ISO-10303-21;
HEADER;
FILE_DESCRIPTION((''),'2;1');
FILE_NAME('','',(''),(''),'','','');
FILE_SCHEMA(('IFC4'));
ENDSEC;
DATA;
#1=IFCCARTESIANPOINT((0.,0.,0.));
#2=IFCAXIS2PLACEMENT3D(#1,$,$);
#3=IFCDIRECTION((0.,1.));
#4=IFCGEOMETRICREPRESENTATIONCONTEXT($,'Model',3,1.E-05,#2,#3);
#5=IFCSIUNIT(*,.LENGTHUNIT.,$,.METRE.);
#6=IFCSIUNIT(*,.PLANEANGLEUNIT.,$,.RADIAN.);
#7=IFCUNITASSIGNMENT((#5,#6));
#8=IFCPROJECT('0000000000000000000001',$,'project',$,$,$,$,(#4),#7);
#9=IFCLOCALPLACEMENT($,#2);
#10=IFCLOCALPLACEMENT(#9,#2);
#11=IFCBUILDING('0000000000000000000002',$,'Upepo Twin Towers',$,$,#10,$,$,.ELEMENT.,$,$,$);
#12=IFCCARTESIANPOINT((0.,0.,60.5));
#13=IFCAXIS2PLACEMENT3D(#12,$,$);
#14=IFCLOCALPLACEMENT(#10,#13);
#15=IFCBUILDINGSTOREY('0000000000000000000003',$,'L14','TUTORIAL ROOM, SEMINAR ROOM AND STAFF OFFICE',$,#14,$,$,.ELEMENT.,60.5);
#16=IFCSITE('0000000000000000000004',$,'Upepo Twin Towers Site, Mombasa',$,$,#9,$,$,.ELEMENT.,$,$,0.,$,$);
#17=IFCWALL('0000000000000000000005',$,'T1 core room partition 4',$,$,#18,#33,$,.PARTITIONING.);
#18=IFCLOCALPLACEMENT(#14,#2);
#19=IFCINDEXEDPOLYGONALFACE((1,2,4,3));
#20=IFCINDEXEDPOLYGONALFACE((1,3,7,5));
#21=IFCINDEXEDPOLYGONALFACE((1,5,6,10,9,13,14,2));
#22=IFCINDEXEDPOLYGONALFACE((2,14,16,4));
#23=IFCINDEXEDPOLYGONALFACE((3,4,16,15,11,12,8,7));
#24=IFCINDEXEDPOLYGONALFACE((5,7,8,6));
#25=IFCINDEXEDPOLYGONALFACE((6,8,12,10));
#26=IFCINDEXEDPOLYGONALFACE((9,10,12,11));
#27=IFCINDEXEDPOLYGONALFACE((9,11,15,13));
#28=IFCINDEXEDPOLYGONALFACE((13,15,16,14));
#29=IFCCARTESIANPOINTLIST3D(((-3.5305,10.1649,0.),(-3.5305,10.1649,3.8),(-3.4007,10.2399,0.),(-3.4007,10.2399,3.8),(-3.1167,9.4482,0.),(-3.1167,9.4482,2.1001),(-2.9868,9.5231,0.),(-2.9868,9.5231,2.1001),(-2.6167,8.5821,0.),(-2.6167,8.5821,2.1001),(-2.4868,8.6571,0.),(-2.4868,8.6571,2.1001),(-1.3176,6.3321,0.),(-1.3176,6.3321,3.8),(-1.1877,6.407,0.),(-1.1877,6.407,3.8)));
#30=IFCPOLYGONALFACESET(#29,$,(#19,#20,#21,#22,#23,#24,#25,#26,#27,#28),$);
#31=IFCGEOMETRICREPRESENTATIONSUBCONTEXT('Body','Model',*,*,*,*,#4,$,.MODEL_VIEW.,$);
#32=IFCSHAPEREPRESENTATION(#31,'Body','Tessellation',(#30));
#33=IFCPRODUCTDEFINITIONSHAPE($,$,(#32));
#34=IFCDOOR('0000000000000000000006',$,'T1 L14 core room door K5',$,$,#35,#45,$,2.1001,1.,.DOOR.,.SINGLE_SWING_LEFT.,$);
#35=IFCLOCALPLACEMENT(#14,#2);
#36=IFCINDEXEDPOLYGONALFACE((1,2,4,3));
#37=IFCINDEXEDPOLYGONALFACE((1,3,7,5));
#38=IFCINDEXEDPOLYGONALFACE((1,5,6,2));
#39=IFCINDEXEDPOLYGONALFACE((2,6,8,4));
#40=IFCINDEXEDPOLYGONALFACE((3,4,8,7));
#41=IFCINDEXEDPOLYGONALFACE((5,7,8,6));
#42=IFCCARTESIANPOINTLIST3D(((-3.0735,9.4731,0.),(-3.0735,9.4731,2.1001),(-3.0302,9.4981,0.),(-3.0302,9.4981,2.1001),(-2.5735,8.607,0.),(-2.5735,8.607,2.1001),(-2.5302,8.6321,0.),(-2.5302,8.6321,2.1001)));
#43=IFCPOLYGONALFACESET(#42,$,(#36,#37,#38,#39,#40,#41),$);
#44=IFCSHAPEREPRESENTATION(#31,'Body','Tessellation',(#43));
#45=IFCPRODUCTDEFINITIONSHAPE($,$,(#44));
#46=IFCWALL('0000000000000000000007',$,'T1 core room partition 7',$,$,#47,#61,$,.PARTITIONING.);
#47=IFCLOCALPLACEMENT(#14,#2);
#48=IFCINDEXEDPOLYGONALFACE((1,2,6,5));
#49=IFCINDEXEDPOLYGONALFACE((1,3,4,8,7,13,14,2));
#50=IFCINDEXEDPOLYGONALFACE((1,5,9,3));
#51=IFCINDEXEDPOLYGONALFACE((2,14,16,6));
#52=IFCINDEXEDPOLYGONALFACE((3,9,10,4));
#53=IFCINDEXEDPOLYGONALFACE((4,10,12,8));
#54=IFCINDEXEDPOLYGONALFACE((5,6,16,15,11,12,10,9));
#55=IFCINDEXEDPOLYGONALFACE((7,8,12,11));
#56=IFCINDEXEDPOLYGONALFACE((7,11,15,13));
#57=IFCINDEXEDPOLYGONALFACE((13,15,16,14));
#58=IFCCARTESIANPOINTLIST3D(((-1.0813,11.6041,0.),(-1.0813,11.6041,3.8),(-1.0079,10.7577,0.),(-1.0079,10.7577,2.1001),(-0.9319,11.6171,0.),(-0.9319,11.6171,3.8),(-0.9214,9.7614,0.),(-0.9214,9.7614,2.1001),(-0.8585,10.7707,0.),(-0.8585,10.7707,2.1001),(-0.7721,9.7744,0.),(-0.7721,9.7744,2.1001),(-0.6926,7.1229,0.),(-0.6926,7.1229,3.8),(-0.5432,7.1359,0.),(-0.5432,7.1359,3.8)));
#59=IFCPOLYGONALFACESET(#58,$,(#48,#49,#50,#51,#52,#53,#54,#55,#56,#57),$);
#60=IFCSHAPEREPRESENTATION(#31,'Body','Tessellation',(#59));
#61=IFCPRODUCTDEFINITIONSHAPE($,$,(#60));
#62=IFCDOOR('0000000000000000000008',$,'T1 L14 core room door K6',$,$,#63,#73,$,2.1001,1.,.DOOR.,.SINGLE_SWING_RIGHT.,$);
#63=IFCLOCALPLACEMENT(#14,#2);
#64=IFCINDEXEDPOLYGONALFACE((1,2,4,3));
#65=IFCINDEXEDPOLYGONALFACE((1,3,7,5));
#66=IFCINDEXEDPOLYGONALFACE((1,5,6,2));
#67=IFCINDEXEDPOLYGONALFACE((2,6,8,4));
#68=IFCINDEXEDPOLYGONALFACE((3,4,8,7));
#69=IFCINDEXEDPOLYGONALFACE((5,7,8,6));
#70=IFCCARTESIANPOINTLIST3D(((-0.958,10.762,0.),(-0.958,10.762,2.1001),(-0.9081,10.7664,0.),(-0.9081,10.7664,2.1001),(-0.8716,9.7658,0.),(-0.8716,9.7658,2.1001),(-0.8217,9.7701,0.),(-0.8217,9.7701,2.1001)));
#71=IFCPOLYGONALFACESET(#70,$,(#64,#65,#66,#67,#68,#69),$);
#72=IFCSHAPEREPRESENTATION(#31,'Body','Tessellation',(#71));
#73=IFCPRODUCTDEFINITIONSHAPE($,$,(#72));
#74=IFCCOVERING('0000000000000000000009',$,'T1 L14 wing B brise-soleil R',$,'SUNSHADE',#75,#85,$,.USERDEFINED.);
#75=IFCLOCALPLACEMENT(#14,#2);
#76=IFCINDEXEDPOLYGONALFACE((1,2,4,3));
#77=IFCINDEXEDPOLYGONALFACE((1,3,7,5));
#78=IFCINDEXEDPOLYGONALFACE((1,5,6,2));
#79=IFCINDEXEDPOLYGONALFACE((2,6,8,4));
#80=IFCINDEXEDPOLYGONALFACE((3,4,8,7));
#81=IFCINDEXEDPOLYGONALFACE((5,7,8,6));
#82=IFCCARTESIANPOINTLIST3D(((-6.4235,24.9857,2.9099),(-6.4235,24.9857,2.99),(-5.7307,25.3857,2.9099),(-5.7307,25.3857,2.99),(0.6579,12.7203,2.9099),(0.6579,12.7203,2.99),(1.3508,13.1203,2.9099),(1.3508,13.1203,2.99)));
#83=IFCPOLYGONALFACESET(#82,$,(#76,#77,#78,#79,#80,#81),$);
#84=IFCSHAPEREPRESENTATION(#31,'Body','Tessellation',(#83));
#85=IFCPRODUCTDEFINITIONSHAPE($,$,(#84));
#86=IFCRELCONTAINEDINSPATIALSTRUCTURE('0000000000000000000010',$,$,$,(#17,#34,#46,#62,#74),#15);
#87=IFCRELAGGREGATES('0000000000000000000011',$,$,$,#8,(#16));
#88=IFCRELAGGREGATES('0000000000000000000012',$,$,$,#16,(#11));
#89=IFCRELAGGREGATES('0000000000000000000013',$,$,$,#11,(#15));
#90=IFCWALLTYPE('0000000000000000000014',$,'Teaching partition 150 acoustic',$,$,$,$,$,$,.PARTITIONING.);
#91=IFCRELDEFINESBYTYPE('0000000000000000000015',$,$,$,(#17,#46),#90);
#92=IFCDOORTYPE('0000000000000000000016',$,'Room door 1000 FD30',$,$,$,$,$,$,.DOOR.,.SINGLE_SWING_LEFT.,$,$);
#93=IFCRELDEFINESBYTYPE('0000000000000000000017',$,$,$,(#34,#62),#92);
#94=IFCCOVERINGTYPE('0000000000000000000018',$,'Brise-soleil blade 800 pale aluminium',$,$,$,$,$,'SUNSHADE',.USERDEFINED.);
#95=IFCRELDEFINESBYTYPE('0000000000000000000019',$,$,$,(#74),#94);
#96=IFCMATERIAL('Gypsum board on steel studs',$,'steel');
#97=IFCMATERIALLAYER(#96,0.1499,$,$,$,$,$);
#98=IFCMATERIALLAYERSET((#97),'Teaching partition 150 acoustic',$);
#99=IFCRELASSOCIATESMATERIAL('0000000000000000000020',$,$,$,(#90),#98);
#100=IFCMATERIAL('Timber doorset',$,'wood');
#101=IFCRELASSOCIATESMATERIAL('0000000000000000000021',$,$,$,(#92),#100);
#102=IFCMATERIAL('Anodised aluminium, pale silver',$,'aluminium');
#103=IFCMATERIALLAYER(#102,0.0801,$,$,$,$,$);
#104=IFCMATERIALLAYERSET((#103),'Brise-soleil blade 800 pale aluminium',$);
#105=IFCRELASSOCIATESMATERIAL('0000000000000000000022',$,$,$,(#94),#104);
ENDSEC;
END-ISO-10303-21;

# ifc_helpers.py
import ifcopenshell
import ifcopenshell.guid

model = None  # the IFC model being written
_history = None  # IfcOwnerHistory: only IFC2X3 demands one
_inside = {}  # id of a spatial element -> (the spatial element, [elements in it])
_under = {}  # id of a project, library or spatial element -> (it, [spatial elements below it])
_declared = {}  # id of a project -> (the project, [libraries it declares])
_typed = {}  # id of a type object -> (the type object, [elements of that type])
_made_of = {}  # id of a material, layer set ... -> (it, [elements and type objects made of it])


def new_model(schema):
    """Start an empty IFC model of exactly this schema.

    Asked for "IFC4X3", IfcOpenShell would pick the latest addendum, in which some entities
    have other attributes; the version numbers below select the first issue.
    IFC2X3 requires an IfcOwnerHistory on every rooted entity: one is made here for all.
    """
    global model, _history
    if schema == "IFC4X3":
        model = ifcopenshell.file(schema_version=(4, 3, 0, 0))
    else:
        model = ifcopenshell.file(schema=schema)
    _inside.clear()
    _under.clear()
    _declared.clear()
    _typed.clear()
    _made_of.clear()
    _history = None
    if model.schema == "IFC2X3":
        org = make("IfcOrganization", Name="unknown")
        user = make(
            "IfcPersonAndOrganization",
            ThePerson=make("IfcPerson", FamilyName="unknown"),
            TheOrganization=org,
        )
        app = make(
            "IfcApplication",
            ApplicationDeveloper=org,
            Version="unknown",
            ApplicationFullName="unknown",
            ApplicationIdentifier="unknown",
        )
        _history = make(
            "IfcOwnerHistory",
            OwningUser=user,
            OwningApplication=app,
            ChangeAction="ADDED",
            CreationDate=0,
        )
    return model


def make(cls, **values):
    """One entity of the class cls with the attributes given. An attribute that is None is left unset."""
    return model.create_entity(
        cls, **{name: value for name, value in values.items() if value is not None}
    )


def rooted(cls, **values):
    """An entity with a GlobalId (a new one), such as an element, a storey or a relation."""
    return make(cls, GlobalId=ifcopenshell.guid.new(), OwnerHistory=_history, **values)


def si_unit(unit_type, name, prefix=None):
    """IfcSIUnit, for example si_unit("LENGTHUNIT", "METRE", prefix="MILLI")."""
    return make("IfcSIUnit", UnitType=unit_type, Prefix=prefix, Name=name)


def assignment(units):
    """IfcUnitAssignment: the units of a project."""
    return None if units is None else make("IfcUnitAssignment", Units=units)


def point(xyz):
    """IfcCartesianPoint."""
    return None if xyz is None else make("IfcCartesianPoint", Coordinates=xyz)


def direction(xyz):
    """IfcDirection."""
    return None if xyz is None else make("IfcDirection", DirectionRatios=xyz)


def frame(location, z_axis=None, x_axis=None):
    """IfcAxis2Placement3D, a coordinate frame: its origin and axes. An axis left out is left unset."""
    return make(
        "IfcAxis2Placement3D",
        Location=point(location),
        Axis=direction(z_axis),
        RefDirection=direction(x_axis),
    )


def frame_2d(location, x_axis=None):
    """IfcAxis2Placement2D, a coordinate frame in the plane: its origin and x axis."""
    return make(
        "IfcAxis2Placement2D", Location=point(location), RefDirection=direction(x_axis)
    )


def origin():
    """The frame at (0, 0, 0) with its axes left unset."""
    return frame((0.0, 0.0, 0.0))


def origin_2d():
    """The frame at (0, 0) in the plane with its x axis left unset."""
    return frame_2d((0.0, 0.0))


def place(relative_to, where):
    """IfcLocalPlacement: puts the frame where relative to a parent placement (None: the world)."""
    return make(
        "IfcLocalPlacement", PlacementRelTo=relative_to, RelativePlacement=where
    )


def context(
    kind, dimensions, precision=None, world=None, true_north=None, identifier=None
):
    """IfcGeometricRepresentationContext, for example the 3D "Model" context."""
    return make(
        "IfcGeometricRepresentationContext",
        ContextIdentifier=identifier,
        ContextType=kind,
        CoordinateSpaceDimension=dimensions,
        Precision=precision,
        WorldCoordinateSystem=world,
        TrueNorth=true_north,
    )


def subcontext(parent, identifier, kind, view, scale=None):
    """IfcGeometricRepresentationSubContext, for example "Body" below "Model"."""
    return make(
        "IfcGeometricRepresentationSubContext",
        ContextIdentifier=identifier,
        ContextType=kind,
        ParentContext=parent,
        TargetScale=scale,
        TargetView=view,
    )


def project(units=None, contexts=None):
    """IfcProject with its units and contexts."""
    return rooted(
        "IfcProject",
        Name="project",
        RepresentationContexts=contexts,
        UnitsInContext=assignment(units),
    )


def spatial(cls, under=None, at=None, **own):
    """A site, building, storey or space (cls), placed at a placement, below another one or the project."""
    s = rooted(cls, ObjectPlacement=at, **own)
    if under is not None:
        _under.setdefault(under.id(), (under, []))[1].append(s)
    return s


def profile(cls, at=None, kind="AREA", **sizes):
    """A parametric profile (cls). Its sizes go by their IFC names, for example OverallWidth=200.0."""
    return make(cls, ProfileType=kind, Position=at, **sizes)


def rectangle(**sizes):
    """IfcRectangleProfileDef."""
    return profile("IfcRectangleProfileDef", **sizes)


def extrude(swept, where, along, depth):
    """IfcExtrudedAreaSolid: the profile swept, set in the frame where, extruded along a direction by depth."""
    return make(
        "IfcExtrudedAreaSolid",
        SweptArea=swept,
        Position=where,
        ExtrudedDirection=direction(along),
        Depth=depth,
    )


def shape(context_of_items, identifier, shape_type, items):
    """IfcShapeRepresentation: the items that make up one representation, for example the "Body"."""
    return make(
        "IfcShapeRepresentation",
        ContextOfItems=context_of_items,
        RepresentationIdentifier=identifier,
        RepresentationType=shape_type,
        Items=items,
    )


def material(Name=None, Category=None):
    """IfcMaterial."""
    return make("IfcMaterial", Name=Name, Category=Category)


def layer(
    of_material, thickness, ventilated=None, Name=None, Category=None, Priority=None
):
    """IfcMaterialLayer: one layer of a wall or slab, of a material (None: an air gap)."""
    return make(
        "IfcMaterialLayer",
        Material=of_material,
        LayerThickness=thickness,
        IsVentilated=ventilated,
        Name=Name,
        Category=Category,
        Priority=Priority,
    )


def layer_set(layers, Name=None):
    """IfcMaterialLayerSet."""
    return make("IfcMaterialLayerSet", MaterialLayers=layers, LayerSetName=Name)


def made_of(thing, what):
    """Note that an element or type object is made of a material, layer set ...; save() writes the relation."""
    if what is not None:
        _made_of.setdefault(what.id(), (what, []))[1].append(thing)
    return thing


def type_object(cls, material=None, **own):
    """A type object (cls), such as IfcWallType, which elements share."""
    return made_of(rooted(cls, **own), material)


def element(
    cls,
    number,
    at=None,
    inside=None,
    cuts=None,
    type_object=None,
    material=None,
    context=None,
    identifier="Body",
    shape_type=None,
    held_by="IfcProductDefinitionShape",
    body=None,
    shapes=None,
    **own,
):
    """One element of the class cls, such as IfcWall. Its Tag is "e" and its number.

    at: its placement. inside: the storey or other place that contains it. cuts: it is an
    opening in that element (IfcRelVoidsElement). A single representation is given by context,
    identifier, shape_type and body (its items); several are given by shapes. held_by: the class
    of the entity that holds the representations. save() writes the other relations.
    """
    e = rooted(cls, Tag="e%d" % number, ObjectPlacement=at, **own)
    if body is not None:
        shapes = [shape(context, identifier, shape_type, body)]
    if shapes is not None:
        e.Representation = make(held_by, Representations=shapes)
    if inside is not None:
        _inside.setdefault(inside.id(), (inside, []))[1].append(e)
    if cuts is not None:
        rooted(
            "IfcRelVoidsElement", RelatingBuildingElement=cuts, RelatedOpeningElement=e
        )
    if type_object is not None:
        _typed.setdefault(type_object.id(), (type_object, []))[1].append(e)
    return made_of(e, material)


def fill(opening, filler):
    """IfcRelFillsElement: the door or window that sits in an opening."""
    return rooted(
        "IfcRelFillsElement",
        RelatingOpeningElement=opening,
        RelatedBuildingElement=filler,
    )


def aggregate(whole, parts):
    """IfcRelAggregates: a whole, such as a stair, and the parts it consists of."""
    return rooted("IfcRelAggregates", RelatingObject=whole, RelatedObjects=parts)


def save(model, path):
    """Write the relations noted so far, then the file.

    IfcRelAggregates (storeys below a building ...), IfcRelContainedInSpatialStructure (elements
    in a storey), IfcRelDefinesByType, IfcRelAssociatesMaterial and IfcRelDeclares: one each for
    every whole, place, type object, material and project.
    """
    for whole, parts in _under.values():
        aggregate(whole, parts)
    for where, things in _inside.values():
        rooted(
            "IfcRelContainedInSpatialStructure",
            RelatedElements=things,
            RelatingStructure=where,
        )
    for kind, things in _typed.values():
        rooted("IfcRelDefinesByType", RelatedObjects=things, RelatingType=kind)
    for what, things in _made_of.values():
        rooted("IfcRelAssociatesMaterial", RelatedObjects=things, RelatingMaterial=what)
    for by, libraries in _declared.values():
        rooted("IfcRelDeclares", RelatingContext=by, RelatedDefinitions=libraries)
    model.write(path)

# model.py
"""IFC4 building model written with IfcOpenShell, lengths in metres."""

from ifc_helpers import new_model, si_unit, direction, frame, frame_2d, origin, origin_2d, place, context, subcontext, project, spatial, rectangle, extrude, material, layer, layer_set, type_object, element, fill, save


model = new_model("IFC4")

# Units and contexts
model_context = context("Model", 3, precision=1e-05, world=origin(), true_north=direction((0.0, 1.0)))
body_context = subcontext(model_context, "Body", "Model", "MODEL_VIEW")
ifc_project = project(units=[si_unit("LENGTHUNIT", "METRE"), si_unit("PLANEANGLEUNIT", "RADIAN")], contexts=[model_context])

# Site, building, storey
site_placement = place(None, origin())
site = spatial("IfcSite", under=ifc_project, at=site_placement, Name="Upepo Twin Towers Site, Mombasa", CompositionType="ELEMENT", RefElevation=0.0)
building_placement = place(site_placement, origin())
building = spatial("IfcBuilding", under=site, at=building_placement, Name="Upepo Twin Towers", CompositionType="ELEMENT")
storey_placement = place(building_placement, frame((0.0, 0.0, 60.5)))
storey = spatial("IfcBuildingStorey", under=building, at=storey_placement, Name="L14", Description="TUTORIAL ROOM, SEMINAR ROOM AND STAFF OFFICE", CompositionType="ELEMENT", Elevation=60.5)

# Walls, openings, doors
ifc_material_1 = material(Name="Gypsum board on steel studs", Category="steel")
ifc_layer_1 = layer(ifc_material_1, 0.1499)
ifc_layer_set_1 = layer_set([ifc_layer_1], Name="Teaching partition 150 acoustic")
wall_type_1 = type_object("IfcWallType", Name="Teaching partition 150 acoustic", PredefinedType="PARTITIONING", material=ifc_layer_set_1)
wall_1_placement = place(storey_placement, frame((-3.4656, 10.2024, 0.0), z_axis=(0.0, 0.0, 1.0), x_axis=(0.500007, -0.866021, 0.0)))
wall_1 = element("IfcWall", 1, at=wall_1_placement, inside=storey, type_object=wall_type_1, Name="T1 core room partition 4", PredefinedType="PARTITIONING", context=body_context, shape_type="SweptSolid", body=[
    extrude(rectangle(XDim=4.4258, YDim=0.1499, at=frame_2d((2.2129, 0.0))), origin(), (0.0, 0.0, 1.0), 3.8),
])
opening_1_placement = place(wall_1_placement, frame((0.8276, 0.0, 0.0)))
opening_1 = element("IfcOpeningElement", 2, at=opening_1_placement, cuts=wall_1, PredefinedType="OPENING", context=body_context, shape_type="SweptSolid", body=[
    extrude(rectangle(XDim=1.0, YDim=2.1001, at=frame_2d((0.5, 1.05))), frame((0.0, 0.085, 0.0), z_axis=(0.0, -1.0, 0.0), x_axis=(1.0, 0.0, 0.0)), (0.0, 0.0, 1.0), 0.1699),
])
ifc_material_2 = material(Name="Timber doorset", Category="wood")
door_type = type_object("IfcDoorType", Name="Room door 1000 FD30", OperationType="SINGLE_SWING_LEFT", PredefinedType="DOOR", material=ifc_material_2)
door_1_placement = place(opening_1_placement, origin())
door_1 = element("IfcDoor", 3, at=door_1_placement, inside=storey, type_object=door_type, Name="T1 L14 core room door K5", OperationType="SINGLE_SWING_LEFT", OverallHeight=2.1001, OverallWidth=1.0, PredefinedType="DOOR", context=body_context, shape_type="SweptSolid", body=[
    extrude(rectangle(XDim=1.0, YDim=2.1001, at=frame_2d((0.5, 1.05))), frame((0.0, 0.0249, 0.0), z_axis=(0.0, -1.0, 0.0), x_axis=(1.0, 0.0, 0.0)), (0.0, 0.0, 1.0), 0.05),
])
fill(opening_1, door_1)
wall_2_placement = place(storey_placement, frame((-0.6179, 7.1294, 0.0), z_axis=(0.0, 0.0, 1.0), x_axis=(-0.086409, 0.99626, 0.0)))
wall_2 = element("IfcWall", 4, at=wall_2_placement, inside=storey, type_object=wall_type_1, Name="T1 core room partition 7", PredefinedType="PARTITIONING", context=body_context, shape_type="SweptSolid", body=[
    extrude(rectangle(XDim=4.498, YDim=0.1499, at=frame_2d((2.249, 0.0))), origin(), (0.0, 0.0, 1.0), 3.8),
])
opening_2_placement = place(wall_2_placement, frame((2.6484, 0.0, 0.0)))
opening_2 = element("IfcOpeningElement", 5, at=opening_2_placement, cuts=wall_2, PredefinedType="OPENING", context=body_context, shape_type="SweptSolid", body=[
    extrude(rectangle(XDim=1.0, YDim=2.1001, at=frame_2d((0.5, 1.05))), frame((0.0, 0.085, 0.0), z_axis=(0.0, -1.0, 0.0), x_axis=(1.0, 0.0, 0.0)), (0.0, 0.0, 1.0), 0.1699),
])
door_2_placement = place(opening_2_placement, origin())
door_2 = element("IfcDoor", 6, at=door_2_placement, inside=storey, type_object=door_type, Name="T1 L14 core room door K6", OperationType="SINGLE_SWING_RIGHT", OverallHeight=2.1001, OverallWidth=1.0, PredefinedType="DOOR", context=body_context, shape_type="SweptSolid", body=[
    extrude(rectangle(XDim=1.0, YDim=2.1001, at=frame_2d((0.5, 1.05))), frame((0.0, 0.0249, 0.0), z_axis=(0.0, -1.0, 0.0), x_axis=(1.0, 0.0, 0.0)), (0.0, 0.0, 1.0), 0.05),
])
fill(opening_2, door_2)

# Covering
ifc_material_3 = material(Name="Anodised aluminium, pale silver", Category="aluminium")
ifc_layer_2 = layer(ifc_material_3, 0.0801)
ifc_layer_set_2 = layer_set([ifc_layer_2], Name="Brise-soleil blade 800 pale aluminium")
covering_type = type_object("IfcCoveringType", Name="Brise-soleil blade 800 pale aluminium", ElementType="SUNSHADE", PredefinedType="USERDEFINED", material=ifc_layer_set_2)
covering_placement = place(storey_placement, frame((-2.5364, 19.053, 2.9099), z_axis=(0.0, 0.0, 1.0), x_axis=(-0.5, 0.866025, 0.0)))
element("IfcCovering", 7, at=covering_placement, inside=storey, type_object=covering_type, Name="T1 L14 wing B brise-soleil R", ObjectType="SUNSHADE", PredefinedType="USERDEFINED", context=body_context, shape_type="SweptSolid", body=[
    extrude(rectangle(XDim=14.1628, YDim=0.8, at=origin_2d()), origin(), (0.0, 0.0, 1.0), 0.0801),
])

save(model, "model.ifc")
